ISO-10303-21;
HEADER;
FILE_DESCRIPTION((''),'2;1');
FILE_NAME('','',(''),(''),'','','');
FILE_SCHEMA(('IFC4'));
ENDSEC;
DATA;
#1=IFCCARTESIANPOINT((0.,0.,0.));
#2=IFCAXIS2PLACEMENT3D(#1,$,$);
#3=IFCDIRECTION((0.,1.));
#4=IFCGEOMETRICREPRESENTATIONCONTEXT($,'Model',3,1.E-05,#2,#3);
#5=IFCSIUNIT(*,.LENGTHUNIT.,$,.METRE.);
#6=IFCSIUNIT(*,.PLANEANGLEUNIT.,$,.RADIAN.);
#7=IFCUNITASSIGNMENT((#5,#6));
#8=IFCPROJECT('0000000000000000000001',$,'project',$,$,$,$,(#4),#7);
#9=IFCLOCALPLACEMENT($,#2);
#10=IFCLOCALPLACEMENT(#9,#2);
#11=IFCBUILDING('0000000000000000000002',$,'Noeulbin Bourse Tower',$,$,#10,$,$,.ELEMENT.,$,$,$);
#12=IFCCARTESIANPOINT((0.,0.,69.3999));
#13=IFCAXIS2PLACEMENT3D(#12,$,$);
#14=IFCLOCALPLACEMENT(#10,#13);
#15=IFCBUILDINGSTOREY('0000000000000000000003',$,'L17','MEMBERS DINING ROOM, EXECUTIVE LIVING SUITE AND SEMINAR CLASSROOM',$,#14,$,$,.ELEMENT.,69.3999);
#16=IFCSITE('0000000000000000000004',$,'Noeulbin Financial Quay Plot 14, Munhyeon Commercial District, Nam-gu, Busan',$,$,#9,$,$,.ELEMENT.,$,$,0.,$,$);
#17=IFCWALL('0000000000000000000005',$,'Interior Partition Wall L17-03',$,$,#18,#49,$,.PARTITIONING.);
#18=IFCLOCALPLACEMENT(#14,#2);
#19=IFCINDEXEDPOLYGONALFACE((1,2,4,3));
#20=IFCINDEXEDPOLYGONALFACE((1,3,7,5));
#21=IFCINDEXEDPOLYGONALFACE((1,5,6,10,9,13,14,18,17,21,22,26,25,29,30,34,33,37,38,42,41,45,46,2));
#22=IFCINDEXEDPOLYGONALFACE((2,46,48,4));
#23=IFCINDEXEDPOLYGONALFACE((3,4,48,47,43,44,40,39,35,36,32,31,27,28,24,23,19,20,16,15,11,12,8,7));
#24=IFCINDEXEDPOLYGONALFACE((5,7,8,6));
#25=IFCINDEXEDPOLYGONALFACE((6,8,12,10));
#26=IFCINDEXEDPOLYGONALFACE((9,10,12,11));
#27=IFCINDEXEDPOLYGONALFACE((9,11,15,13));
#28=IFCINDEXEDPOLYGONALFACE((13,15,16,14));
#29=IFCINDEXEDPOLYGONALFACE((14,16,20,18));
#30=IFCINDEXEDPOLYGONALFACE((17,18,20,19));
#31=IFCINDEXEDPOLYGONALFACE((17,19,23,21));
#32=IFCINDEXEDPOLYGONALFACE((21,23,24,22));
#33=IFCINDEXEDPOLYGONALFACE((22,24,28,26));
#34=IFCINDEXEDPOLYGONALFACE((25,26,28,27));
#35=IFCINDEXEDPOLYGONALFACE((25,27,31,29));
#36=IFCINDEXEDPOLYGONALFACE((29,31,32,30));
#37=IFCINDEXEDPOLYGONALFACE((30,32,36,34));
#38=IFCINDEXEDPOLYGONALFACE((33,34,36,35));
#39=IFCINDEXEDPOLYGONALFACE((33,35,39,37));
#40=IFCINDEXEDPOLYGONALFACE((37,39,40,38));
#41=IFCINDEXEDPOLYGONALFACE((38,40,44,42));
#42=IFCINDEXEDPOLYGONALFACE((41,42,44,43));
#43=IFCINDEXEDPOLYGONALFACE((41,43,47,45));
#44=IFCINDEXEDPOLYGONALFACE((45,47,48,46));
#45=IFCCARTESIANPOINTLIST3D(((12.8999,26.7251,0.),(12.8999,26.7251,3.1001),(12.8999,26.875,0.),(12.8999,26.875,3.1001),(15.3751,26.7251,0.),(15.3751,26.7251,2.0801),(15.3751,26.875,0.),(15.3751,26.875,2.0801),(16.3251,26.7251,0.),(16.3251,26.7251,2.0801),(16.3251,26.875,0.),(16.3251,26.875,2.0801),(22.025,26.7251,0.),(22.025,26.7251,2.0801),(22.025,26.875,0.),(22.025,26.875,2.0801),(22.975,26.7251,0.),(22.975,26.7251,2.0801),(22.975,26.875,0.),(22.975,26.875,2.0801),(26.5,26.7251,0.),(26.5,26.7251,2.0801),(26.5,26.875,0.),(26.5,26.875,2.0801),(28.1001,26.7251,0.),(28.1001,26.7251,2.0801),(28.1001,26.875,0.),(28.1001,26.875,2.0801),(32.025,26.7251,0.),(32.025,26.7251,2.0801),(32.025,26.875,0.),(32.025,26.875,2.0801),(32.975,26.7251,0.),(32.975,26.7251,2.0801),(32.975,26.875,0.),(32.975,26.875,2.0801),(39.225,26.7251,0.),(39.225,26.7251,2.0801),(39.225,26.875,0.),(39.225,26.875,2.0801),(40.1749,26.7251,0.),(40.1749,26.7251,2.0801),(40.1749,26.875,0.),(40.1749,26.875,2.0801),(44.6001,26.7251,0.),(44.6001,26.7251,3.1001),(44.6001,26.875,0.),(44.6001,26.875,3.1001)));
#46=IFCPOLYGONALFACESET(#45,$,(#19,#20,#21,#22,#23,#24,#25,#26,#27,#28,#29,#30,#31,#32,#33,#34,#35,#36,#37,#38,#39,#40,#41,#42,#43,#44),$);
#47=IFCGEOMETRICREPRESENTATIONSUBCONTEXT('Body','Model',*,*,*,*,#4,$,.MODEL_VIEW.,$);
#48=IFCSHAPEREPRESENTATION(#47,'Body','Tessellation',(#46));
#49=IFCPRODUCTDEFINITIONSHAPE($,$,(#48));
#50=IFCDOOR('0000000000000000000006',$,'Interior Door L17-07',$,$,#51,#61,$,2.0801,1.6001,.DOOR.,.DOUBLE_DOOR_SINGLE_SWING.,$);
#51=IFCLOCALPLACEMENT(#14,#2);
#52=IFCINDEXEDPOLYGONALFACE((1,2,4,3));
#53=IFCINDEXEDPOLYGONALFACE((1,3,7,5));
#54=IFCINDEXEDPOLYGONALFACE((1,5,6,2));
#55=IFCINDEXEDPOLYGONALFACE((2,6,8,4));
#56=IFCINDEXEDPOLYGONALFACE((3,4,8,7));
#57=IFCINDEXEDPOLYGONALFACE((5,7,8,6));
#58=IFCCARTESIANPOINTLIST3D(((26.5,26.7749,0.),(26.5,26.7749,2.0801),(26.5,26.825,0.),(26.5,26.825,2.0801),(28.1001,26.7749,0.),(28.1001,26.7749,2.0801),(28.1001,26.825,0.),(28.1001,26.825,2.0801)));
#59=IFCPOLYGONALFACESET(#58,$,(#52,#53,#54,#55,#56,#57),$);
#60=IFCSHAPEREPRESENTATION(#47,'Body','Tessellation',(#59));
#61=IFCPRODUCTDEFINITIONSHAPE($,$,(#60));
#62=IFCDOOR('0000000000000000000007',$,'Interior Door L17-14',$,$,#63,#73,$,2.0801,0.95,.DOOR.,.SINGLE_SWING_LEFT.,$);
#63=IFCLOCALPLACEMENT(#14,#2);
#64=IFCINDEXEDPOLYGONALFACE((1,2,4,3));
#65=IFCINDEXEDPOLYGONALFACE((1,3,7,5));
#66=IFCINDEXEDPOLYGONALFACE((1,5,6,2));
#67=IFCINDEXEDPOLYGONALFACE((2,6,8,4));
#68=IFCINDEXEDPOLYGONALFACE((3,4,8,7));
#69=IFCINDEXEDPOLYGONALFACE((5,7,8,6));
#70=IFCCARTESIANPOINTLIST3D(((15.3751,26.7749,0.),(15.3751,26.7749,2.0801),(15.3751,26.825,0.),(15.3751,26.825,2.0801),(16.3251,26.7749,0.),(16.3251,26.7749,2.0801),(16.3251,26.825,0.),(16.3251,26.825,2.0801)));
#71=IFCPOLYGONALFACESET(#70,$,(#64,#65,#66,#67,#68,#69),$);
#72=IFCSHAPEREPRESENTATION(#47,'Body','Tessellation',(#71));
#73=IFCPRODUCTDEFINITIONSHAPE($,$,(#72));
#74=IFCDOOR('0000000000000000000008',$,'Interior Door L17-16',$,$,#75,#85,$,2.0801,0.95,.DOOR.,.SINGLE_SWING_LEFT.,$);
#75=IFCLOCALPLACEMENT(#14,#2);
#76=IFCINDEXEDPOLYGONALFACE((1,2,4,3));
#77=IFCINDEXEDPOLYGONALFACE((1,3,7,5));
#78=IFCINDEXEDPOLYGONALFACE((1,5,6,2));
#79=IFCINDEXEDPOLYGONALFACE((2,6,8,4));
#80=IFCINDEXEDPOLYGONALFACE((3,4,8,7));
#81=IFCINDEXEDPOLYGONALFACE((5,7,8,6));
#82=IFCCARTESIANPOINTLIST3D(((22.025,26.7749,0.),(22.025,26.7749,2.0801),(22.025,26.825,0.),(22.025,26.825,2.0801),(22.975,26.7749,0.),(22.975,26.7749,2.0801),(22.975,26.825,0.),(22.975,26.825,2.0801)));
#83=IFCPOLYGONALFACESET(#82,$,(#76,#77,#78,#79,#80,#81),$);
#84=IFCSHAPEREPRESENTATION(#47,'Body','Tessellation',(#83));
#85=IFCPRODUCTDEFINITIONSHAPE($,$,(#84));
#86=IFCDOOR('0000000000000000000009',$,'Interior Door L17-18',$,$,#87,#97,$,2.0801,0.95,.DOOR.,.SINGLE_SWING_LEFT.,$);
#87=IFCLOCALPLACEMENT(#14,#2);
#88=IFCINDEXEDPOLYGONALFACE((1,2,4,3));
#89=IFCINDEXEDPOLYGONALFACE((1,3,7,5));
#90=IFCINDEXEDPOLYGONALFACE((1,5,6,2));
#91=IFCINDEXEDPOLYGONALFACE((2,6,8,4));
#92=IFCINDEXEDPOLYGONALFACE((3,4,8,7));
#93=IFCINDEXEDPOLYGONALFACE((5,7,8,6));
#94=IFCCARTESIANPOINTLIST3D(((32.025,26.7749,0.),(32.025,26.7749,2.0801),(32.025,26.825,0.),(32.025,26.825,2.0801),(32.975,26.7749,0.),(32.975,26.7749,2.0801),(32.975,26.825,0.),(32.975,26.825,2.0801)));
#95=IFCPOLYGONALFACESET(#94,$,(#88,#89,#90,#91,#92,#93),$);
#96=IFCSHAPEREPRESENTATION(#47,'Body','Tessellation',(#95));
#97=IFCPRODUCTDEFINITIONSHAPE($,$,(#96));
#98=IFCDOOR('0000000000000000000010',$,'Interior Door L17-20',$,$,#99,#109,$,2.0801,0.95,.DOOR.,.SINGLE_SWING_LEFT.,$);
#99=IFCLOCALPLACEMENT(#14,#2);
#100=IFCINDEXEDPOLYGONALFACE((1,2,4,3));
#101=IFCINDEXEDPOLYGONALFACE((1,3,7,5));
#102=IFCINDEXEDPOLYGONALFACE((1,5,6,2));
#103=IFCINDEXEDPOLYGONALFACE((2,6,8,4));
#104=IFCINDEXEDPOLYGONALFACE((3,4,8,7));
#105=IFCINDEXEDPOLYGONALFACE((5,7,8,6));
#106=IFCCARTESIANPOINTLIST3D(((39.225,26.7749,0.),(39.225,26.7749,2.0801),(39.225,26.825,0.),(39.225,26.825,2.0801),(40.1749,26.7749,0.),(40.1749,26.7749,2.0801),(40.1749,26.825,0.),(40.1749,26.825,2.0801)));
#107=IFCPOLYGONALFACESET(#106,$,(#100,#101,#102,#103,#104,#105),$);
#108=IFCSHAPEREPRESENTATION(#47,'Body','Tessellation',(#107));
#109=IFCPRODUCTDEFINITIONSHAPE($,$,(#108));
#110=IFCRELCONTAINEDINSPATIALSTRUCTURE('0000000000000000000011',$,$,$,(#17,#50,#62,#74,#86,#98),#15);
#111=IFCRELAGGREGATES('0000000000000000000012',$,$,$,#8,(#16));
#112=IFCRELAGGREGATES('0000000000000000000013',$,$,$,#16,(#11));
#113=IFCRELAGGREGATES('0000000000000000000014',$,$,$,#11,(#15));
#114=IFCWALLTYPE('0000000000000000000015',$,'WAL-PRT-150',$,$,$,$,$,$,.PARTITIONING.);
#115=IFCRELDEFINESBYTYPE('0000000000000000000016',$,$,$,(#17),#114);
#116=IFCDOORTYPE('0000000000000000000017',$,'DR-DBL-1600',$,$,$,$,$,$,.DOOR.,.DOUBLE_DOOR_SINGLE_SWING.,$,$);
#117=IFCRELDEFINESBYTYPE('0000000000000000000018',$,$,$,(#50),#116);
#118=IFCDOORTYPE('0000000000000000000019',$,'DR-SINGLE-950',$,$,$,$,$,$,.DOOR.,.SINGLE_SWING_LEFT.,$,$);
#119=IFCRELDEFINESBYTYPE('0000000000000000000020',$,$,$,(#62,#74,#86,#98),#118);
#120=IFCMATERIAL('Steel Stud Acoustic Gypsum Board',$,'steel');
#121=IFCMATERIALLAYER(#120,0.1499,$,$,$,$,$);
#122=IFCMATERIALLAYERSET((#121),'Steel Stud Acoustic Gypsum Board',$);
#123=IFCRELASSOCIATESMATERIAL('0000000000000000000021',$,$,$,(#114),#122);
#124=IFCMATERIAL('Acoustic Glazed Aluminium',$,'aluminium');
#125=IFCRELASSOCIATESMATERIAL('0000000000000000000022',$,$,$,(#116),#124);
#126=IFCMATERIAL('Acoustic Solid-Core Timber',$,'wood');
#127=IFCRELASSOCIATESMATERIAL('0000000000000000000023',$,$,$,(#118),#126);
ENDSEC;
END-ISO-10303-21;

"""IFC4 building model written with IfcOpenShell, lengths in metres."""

from ifc_helpers import new_model, si_unit, direction, frame, frame_2d, origin, place, context, subcontext, project, spatial, rectangle, extrude, material, layer, layer_set, type_object, element, fill, save


model = new_model("IFC4")

# Units and contexts
model_context = context("Model", 3, precision=1e-05, world=origin(), true_north=direction((0.0, 1.0)))
body_context = subcontext(model_context, "Body", "Model", "MODEL_VIEW")
ifc_project = project(units=[si_unit("LENGTHUNIT", "METRE"), si_unit("PLANEANGLEUNIT", "RADIAN")], contexts=[model_context])

# Site, building, storey
site_placement = place(None, origin())
site = spatial("IfcSite", under=ifc_project, at=site_placement, Name="Noeulbin Financial Quay Plot 14, Munhyeon Commercial District, Nam-gu, Busan", CompositionType="ELEMENT", RefElevation=0.0)
building_placement = place(site_placement, origin())
building = spatial("IfcBuilding", under=site, at=building_placement, Name="Noeulbin Bourse Tower", CompositionType="ELEMENT")
storey_placement = place(building_placement, frame((0.0, 0.0, 69.3999)))
storey = spatial("IfcBuildingStorey", under=building, at=storey_placement, Name="L17", Description="MEMBERS DINING ROOM, EXECUTIVE LIVING SUITE AND SEMINAR CLASSROOM", CompositionType="ELEMENT", Elevation=69.3999)

# Wall, openings, doors
ifc_material_1 = material(Name="Steel Stud Acoustic Gypsum Board", Category="steel")
ifc_layer_1 = layer(ifc_material_1, 0.1499)
ifc_layer_set_1 = layer_set([ifc_layer_1], Name="Steel Stud Acoustic Gypsum Board")
wall_type = type_object("IfcWallType", Name="WAL-PRT-150", PredefinedType="PARTITIONING", material=ifc_layer_set_1)
wall_placement = place(storey_placement, frame((12.8999, 26.8, 0.0), z_axis=(0.0, 0.0, 1.0), x_axis=(1.0, 0.0, 0.0)))
wall = element("IfcWall", 1, at=wall_placement, inside=storey, type_object=wall_type, Name="Interior Partition Wall L17-03", PredefinedType="PARTITIONING", context=body_context, shape_type="SweptSolid", body=[
    extrude(rectangle(XDim=31.7002, YDim=0.1499, at=frame_2d((15.8501, 0.0))), origin(), (0.0, 0.0, 1.0), 3.1001),
])
opening_1_placement = place(wall_placement, frame((13.6001, 0.0, 0.0)))
opening_1 = element("IfcOpeningElement", 2, at=opening_1_placement, cuts=wall, PredefinedType="OPENING", context=body_context, shape_type="SweptSolid", body=[
    extrude(rectangle(XDim=1.6001, YDim=2.0801, at=frame_2d((0.8, 1.04))), frame((0.0, 0.085, 0.0), z_axis=(0.0, -1.0, 0.0), x_axis=(1.0, 0.0, 0.0)), (0.0, 0.0, 1.0), 0.1699),
])
opening_2_placement = place(wall_placement, frame((2.4751, 0.0, 0.0)))
opening_2 = element("IfcOpeningElement", 3, at=opening_2_placement, cuts=wall, PredefinedType="OPENING", context=body_context, shape_type="SweptSolid", body=[
    extrude(rectangle(XDim=0.95, YDim=2.0801, at=frame_2d((0.4751, 1.04))), frame((0.0, 0.085, 0.0), z_axis=(0.0, -1.0, 0.0), x_axis=(1.0, 0.0, 0.0)), (0.0, 0.0, 1.0), 0.1699),
])
opening_3_placement = place(wall_placement, frame((9.125, 0.0, 0.0)))
opening_3 = element("IfcOpeningElement", 4, at=opening_3_placement, cuts=wall, PredefinedType="OPENING", context=body_context, shape_type="SweptSolid", body=[
    extrude(rectangle(XDim=0.95, YDim=2.0801, at=frame_2d((0.4751, 1.04))), frame((0.0, 0.085, 0.0), z_axis=(0.0, -1.0, 0.0), x_axis=(1.0, 0.0, 0.0)), (0.0, 0.0, 1.0), 0.1699),
])
opening_4_placement = place(wall_placement, frame((19.125, 0.0, 0.0)))
opening_4 = element("IfcOpeningElement", 5, at=opening_4_placement, cuts=wall, PredefinedType="OPENING", context=body_context, shape_type="SweptSolid", body=[
    extrude(rectangle(XDim=0.95, YDim=2.0801, at=frame_2d((0.4751, 1.04))), frame((0.0, 0.085, 0.0), z_axis=(0.0, -1.0, 0.0), x_axis=(1.0, 0.0, 0.0)), (0.0, 0.0, 1.0), 0.1699),
])
opening_5_placement = place(wall_placement, frame((26.325, 0.0, 0.0)))
opening_5 = element("IfcOpeningElement", 6, at=opening_5_placement, cuts=wall, PredefinedType="OPENING", context=body_context, shape_type="SweptSolid", body=[
    extrude(rectangle(XDim=0.95, YDim=2.0801, at=frame_2d((0.4751, 1.04))), frame((0.0, 0.085, 0.0), z_axis=(0.0, -1.0, 0.0), x_axis=(1.0, 0.0, 0.0)), (0.0, 0.0, 1.0), 0.1699),
])
ifc_material_2 = material(Name="Acoustic Glazed Aluminium", Category="aluminium")
door_type_1 = type_object("IfcDoorType", Name="DR-DBL-1600", OperationType="DOUBLE_DOOR_SINGLE_SWING", PredefinedType="DOOR", material=ifc_material_2)
door_1_placement = place(opening_1_placement, origin())
door_1 = element("IfcDoor", 7, at=door_1_placement, inside=storey, type_object=door_type_1, Name="Interior Door L17-07", OperationType="DOUBLE_DOOR_SINGLE_SWING", OverallHeight=2.0801, OverallWidth=1.6001, PredefinedType="DOOR", context=body_context, shape_type="SweptSolid", body=[
    extrude(rectangle(XDim=1.6001, YDim=2.0801, at=frame_2d((0.8, 1.04))), frame((0.0, 0.0249, 0.0), z_axis=(0.0, -1.0, 0.0), x_axis=(1.0, 0.0, 0.0)), (0.0, 0.0, 1.0), 0.05),
])
fill(opening_1, door_1)
ifc_material_3 = material(Name="Acoustic Solid-Core Timber", Category="wood")
door_type_2 = type_object("IfcDoorType", Name="DR-SINGLE-950", OperationType="SINGLE_SWING_LEFT", PredefinedType="DOOR", material=ifc_material_3)
door_2_placement = place(opening_2_placement, origin())
door_2 = element("IfcDoor", 8, at=door_2_placement, inside=storey, type_object=door_type_2, Name="Interior Door L17-14", OperationType="SINGLE_SWING_LEFT", OverallHeight=2.0801, OverallWidth=0.95, PredefinedType="DOOR", context=body_context, shape_type="SweptSolid", body=[
    extrude(rectangle(XDim=0.95, YDim=2.0801, at=frame_2d((0.4751, 1.04))), frame((0.0, 0.0249, 0.0), z_axis=(0.0, -1.0, 0.0), x_axis=(1.0, 0.0, 0.0)), (0.0, 0.0, 1.0), 0.05),
])
fill(opening_2, door_2)
door_3_placement = place(opening_3_placement, origin())
door_3 = element("IfcDoor", 9, at=door_3_placement, inside=storey, type_object=door_type_2, Name="Interior Door L17-16", OperationType="SINGLE_SWING_LEFT", OverallHeight=2.0801, OverallWidth=0.95, PredefinedType="DOOR", context=body_context, shape_type="SweptSolid", body=[
    extrude(rectangle(XDim=0.95, YDim=2.0801, at=frame_2d((0.4751, 1.04))), frame((0.0, 0.0249, 0.0), z_axis=(0.0, -1.0, 0.0), x_axis=(1.0, 0.0, 0.0)), (0.0, 0.0, 1.0), 0.05),
])
fill(opening_3, door_3)
door_4_placement = place(opening_4_placement, origin())
door_4 = element("IfcDoor", 10, at=door_4_placement, inside=storey, type_object=door_type_2, Name="Interior Door L17-18", OperationType="SINGLE_SWING_LEFT", OverallHeight=2.0801, OverallWidth=0.95, PredefinedType="DOOR", context=body_context, shape_type="SweptSolid", body=[
    extrude(rectangle(XDim=0.95, YDim=2.0801, at=frame_2d((0.4751, 1.04))), frame((0.0, 0.0249, 0.0), z_axis=(0.0, -1.0, 0.0), x_axis=(1.0, 0.0, 0.0)), (0.0, 0.0, 1.0), 0.05),
])
fill(opening_4, door_4)
door_5_placement = place(opening_5_placement, origin())
door_5 = element("IfcDoor", 11, at=door_5_placement, inside=storey, type_object=door_type_2, Name="Interior Door L17-20", OperationType="SINGLE_SWING_LEFT", OverallHeight=2.0801, OverallWidth=0.95, PredefinedType="DOOR", context=body_context, shape_type="SweptSolid", body=[
    extrude(rectangle(XDim=0.95, YDim=2.0801, at=frame_2d((0.4751, 1.04))), frame((0.0, 0.0249, 0.0), z_axis=(0.0, -1.0, 0.0), x_axis=(1.0, 0.0, 0.0)), (0.0, 0.0, 1.0), 0.05),
])
fill(opening_5, door_5)

save(model, "model.ifc")
